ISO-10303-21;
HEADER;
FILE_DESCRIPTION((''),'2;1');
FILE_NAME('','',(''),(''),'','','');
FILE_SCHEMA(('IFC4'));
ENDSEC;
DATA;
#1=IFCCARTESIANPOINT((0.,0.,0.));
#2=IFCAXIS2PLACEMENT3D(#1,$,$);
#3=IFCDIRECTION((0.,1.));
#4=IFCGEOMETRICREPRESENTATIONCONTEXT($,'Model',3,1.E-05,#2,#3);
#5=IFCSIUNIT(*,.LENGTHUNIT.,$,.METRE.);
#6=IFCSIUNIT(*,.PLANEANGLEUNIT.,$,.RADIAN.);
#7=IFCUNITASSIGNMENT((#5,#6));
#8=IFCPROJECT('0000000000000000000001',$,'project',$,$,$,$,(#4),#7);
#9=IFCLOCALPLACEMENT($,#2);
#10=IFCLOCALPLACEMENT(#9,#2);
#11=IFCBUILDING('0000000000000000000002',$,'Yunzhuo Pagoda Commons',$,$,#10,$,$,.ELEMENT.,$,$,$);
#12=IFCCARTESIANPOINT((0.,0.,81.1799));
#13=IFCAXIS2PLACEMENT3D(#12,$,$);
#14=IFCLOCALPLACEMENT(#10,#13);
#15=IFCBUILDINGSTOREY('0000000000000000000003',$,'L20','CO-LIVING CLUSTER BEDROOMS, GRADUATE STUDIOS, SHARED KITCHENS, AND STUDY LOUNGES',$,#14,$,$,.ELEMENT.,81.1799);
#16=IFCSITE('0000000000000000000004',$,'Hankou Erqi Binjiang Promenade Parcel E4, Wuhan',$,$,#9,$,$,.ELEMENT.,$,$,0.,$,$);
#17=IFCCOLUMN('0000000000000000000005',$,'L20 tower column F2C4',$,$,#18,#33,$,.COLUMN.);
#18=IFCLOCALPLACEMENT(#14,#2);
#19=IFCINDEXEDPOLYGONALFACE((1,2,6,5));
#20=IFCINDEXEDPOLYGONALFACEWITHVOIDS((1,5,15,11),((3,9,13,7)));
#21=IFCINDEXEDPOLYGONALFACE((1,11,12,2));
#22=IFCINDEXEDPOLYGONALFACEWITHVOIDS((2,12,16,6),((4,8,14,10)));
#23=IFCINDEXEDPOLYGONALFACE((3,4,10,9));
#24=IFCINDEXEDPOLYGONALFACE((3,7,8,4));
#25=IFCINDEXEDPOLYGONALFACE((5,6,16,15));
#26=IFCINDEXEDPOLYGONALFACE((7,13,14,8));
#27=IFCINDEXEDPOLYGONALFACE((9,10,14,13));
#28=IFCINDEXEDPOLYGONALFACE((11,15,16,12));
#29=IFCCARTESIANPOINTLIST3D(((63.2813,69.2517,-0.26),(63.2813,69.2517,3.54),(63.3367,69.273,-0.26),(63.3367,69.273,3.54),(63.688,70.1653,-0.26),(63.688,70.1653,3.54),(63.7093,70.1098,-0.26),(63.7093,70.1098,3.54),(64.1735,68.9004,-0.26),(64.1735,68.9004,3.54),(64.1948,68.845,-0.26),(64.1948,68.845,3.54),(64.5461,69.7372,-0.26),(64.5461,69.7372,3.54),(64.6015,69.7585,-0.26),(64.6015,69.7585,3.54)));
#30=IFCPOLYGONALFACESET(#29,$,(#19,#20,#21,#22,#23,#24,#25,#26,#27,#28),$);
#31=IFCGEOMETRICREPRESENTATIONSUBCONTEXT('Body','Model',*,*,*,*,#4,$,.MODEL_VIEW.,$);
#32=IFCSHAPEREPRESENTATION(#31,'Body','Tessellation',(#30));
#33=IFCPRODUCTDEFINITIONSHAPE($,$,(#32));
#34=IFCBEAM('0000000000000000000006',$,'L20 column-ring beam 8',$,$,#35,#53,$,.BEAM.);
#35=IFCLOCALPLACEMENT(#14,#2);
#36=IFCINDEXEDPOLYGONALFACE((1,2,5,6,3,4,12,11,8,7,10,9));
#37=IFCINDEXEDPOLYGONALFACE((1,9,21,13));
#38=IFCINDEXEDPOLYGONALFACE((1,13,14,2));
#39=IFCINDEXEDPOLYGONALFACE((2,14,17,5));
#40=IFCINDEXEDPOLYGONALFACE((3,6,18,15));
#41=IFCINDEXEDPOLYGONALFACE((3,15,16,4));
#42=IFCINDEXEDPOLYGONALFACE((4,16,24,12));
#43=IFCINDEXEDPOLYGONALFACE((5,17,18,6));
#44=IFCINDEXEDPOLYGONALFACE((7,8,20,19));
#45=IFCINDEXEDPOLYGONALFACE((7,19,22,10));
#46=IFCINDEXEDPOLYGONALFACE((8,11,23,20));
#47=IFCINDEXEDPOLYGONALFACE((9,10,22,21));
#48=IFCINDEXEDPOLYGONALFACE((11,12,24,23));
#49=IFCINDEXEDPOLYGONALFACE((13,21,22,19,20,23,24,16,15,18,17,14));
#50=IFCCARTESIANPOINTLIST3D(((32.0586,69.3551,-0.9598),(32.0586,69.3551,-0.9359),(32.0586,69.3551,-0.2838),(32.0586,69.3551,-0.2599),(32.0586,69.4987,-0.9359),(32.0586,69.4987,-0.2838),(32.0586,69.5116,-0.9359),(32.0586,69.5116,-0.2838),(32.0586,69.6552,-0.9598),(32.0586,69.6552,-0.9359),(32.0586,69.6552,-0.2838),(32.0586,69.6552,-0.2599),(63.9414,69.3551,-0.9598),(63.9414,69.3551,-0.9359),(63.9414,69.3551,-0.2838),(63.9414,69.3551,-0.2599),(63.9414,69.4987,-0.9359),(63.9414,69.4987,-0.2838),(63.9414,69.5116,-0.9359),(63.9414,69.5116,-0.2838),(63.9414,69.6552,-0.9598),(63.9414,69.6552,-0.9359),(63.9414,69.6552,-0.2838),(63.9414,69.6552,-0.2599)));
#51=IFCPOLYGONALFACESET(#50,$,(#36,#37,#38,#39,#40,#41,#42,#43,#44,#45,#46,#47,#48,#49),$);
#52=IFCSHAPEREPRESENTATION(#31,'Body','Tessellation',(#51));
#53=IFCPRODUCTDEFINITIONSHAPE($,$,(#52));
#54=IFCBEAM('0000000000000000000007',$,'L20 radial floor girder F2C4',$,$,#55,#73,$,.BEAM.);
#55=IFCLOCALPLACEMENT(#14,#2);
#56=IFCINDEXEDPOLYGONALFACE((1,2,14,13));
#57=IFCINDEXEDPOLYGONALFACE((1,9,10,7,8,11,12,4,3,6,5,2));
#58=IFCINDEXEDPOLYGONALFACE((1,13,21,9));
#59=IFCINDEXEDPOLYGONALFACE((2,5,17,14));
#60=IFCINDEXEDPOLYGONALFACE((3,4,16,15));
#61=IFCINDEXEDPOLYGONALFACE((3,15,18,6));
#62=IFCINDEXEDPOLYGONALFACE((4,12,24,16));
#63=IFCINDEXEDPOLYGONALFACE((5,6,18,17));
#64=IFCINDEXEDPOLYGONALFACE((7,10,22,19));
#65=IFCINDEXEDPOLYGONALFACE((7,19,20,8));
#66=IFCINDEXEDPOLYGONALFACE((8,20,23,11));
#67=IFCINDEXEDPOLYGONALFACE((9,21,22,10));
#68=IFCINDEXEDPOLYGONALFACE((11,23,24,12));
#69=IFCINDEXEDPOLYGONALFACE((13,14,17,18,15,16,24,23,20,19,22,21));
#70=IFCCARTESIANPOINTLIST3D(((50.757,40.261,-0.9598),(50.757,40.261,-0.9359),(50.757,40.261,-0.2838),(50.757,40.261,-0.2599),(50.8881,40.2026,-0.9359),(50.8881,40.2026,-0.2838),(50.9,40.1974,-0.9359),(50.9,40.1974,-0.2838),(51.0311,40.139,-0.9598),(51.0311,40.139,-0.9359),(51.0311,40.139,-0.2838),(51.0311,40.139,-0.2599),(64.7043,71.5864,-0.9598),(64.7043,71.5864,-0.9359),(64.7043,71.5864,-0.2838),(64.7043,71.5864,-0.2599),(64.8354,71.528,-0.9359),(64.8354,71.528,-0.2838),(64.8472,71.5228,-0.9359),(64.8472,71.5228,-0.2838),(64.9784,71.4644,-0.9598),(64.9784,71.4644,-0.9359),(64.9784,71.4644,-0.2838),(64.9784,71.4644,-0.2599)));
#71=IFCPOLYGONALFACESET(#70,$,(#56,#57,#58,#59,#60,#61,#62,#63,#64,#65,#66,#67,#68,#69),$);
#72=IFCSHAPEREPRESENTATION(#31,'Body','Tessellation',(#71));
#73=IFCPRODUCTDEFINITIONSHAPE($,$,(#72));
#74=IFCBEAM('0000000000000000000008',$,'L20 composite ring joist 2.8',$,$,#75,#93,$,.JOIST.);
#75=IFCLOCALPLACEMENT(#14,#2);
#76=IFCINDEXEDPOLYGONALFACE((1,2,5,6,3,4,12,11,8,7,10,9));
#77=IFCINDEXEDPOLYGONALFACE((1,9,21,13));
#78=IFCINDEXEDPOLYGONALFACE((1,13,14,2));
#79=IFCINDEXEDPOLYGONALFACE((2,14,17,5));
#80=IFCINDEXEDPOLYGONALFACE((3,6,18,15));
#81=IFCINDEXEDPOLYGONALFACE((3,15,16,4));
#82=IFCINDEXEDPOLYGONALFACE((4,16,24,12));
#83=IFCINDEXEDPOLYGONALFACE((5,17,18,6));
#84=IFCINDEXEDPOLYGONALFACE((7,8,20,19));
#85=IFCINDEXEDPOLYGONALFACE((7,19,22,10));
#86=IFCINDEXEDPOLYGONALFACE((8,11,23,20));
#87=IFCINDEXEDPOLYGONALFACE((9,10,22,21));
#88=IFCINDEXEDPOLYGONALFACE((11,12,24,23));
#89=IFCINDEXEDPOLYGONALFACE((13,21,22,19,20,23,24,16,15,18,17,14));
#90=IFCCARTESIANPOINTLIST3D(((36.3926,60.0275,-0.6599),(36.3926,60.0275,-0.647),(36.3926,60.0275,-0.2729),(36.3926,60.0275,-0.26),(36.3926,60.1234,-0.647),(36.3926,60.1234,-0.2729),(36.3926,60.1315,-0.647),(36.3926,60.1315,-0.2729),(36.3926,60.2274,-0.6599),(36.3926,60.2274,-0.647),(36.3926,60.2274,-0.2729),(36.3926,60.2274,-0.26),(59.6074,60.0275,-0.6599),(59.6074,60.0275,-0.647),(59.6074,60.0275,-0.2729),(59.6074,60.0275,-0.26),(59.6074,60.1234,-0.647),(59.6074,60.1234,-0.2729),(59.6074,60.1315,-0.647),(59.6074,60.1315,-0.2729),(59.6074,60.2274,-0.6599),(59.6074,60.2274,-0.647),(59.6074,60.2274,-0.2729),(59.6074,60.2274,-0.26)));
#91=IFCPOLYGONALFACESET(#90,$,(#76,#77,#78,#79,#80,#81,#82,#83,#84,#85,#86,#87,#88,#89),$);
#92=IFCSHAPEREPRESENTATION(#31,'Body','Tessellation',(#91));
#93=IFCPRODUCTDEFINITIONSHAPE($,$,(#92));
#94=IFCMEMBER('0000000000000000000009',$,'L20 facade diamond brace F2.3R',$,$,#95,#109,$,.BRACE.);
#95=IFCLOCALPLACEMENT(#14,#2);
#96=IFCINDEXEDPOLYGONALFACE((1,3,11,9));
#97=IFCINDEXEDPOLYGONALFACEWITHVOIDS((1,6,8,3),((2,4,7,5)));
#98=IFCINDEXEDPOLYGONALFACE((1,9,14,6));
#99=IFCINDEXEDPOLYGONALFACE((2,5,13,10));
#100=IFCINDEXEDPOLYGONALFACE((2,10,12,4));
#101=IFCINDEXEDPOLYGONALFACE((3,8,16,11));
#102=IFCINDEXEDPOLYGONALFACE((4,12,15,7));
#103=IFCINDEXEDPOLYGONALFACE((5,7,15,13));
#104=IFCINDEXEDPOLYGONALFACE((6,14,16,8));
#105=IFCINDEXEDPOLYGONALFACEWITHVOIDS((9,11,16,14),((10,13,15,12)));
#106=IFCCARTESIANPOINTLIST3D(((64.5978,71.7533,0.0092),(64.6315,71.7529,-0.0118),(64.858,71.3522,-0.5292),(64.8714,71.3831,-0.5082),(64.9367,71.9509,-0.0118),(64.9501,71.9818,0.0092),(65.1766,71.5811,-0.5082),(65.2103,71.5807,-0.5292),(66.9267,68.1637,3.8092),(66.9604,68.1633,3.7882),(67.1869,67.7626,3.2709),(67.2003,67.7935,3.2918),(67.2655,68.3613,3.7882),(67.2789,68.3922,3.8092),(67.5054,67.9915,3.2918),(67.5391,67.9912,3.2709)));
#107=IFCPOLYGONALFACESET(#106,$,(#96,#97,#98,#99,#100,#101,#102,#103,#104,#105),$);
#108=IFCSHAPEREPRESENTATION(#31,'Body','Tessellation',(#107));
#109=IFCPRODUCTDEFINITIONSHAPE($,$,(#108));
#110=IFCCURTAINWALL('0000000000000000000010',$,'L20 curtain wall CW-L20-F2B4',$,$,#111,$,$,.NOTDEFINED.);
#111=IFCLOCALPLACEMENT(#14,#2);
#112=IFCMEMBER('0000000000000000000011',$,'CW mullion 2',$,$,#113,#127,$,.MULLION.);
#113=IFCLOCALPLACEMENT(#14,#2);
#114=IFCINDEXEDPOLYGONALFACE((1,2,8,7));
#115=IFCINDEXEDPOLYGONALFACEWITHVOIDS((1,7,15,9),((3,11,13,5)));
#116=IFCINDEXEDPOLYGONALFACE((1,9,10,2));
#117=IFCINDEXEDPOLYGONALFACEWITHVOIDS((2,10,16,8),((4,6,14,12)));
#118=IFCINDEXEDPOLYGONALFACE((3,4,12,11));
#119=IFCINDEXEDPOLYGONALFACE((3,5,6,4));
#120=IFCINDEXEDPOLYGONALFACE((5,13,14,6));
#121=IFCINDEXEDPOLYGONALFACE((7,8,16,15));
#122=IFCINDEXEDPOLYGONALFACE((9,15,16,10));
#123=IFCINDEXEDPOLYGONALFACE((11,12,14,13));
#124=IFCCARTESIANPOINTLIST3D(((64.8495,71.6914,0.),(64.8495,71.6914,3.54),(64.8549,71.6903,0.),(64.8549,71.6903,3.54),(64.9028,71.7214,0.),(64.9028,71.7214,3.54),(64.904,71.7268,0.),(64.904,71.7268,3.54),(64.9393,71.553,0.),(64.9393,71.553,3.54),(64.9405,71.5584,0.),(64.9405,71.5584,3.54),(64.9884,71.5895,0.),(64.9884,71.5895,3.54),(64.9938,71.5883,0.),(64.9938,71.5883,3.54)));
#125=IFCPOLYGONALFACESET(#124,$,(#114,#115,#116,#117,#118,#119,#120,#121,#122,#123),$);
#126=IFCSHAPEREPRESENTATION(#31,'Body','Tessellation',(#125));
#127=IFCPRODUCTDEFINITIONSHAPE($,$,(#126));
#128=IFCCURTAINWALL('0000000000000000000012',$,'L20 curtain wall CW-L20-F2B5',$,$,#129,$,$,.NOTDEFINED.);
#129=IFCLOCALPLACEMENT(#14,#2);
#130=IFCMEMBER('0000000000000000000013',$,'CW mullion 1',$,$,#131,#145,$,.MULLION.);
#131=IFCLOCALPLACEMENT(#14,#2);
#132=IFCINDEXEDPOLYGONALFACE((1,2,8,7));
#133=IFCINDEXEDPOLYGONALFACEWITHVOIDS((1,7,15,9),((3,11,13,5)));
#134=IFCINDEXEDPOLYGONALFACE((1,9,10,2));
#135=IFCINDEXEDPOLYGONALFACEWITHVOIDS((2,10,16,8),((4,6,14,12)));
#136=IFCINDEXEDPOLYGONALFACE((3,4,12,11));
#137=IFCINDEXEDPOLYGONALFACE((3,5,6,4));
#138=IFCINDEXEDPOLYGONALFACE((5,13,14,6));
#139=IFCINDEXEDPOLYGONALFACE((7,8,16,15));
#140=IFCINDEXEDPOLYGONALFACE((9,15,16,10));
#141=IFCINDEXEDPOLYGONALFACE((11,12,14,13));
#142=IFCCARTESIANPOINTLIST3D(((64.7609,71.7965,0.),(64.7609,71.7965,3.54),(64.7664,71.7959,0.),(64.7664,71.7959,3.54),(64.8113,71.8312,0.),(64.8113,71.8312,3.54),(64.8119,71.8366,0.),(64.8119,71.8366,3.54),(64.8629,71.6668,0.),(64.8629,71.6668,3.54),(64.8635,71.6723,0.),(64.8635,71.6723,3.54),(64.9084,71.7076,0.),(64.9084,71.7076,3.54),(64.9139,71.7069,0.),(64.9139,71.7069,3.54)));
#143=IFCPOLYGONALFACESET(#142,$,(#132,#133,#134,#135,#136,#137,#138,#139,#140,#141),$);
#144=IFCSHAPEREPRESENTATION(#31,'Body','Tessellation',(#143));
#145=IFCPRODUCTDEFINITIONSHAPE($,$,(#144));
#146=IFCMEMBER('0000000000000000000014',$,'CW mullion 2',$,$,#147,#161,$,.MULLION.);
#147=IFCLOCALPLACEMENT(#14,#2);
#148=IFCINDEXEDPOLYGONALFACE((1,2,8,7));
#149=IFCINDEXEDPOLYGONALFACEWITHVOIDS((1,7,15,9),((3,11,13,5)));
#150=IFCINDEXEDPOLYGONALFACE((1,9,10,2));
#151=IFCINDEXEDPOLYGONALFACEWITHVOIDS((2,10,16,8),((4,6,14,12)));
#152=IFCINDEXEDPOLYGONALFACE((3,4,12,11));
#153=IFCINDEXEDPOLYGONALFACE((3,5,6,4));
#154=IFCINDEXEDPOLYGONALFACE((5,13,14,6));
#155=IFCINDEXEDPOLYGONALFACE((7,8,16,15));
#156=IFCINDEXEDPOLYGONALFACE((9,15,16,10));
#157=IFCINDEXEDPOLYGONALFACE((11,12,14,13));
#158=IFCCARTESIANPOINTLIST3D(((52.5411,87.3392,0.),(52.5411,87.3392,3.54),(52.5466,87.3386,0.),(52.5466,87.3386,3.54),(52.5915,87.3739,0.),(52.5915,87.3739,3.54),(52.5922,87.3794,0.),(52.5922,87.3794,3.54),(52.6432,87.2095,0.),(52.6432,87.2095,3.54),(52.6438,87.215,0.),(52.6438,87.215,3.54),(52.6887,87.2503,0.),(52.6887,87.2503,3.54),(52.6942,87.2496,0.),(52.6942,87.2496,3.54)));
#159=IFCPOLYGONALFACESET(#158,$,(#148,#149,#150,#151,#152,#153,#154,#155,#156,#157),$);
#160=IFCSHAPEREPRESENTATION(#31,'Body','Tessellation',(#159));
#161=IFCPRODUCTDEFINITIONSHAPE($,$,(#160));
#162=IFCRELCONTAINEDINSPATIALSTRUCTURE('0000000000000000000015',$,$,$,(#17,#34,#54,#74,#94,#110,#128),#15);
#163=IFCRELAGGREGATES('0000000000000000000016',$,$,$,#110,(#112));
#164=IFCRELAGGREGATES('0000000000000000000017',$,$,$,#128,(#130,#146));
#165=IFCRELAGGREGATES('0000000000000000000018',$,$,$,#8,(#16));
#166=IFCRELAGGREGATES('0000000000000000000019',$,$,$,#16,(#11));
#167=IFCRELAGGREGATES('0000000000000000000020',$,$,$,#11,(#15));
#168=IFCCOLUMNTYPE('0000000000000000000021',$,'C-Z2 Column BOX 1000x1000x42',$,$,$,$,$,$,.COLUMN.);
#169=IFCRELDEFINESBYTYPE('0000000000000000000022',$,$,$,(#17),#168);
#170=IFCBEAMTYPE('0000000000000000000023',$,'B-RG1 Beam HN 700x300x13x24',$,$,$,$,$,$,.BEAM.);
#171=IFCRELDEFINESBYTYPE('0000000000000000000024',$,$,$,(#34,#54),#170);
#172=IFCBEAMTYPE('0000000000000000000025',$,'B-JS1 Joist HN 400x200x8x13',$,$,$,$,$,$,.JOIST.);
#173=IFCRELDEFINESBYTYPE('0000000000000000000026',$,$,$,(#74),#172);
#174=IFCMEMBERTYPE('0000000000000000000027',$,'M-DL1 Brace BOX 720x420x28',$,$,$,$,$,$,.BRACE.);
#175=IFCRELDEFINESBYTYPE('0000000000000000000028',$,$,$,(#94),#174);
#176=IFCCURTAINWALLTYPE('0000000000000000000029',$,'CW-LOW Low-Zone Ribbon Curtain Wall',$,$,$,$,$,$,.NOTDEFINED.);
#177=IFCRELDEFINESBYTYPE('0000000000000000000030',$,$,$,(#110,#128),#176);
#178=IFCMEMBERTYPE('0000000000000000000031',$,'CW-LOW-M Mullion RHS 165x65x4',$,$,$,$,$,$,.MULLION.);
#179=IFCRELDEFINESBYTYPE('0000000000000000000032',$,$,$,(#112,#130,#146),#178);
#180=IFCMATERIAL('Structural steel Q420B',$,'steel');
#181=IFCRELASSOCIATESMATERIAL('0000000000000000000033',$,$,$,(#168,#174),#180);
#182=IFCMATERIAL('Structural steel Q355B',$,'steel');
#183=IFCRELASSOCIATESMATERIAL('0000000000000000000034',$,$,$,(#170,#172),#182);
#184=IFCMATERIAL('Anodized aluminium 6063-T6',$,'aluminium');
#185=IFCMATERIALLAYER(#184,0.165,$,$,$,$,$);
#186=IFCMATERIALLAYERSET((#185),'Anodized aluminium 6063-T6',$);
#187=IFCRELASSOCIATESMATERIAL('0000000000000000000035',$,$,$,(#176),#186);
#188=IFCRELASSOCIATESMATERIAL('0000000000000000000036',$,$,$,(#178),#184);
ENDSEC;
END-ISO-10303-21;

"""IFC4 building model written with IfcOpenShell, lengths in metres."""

from ifc_helpers import new_model, si_unit, direction, frame, origin, origin_2d, place, context, subcontext, project, spatial, hollow_rectangle, i_section, extrude, source, transform, mapped, material, layer, layer_set, material_profile, profile_set, type_object, element, aggregate, save


model = new_model("IFC4")

# Units and contexts
model_context = context("Model", 3, precision=1e-05, world=origin(), true_north=direction((0.0, 1.0)))
body_context = subcontext(model_context, "Body", "Model", "MODEL_VIEW")
ifc_project = project(units=[si_unit("LENGTHUNIT", "METRE"), si_unit("PLANEANGLEUNIT", "RADIAN")], contexts=[model_context])

# Site, building, storey
site_placement = place(None, origin())
site = spatial("IfcSite", under=ifc_project, at=site_placement, Name="Hankou Erqi Binjiang Promenade Parcel E4, Wuhan", CompositionType="ELEMENT", RefElevation=0.0)
building_placement = place(site_placement, origin())
building = spatial("IfcBuilding", under=site, at=building_placement, Name="Yunzhuo Pagoda Commons", CompositionType="ELEMENT")
storey_placement = place(building_placement, frame((0.0, 0.0, 81.1799)))
storey = spatial("IfcBuildingStorey", under=building, at=storey_placement, Name="L20", Description="CO-LIVING CLUSTER BEDROOMS, GRADUATE STUDIOS, SHARED KITCHENS, AND STUDY LOUNGES", CompositionType="ELEMENT", Elevation=81.1799)

# Column
ifc_material_1 = material(Name="Structural steel Q420B", Category="steel")
ifc_material_profile_1 = material_profile(ifc_material_1, hollow_rectangle(XDim=1.0, YDim=1.0, WallThickness=0.042, at=origin_2d()), Name="Structural steel Q420B")
ifc_profile_set_1 = profile_set([ifc_material_profile_1], Name="Structural steel Q420B")
column_type = type_object("IfcColumnType", Name="C-Z2 Column BOX 1000x1000x42", PredefinedType="COLUMN", material=ifc_profile_set_1)
shared_shape_1 = source(origin(), body_context, "Body", "SweptSolid", [
    extrude(hollow_rectangle(XDim=1.0, YDim=1.0, WallThickness=0.042, at=origin_2d()), origin(), (0.0, 0.0, 1.0), 3.8),
])
column_placement = place(storey_placement, frame((63.9414, 69.5051, -0.26), z_axis=(0.0, 0.0, 1.0), x_axis=(-0.913545, 0.406737, 0.0)))
element("IfcColumn", 1, at=column_placement, inside=storey, type_object=column_type, Name="L20 tower column F2C4", PredefinedType="COLUMN", context=body_context, shape_type="MappedRepresentation", body=[
    mapped(shared_shape_1, transform((0.0, 0.0, 0.0), scale=1.0)),
])

# Beams
ifc_material_2 = material(Name="Structural steel Q355B", Category="steel")
ifc_material_profile_2 = material_profile(ifc_material_2, i_section(OverallWidth=0.3, OverallDepth=0.7, WebThickness=0.0129, FlangeThickness=0.0239, at=origin_2d()), Name="Structural steel Q355B")
ifc_profile_set_2 = profile_set([ifc_material_profile_2], Name="Structural steel Q355B")
beam_type_1 = type_object("IfcBeamType", Name="B-RG1 Beam HN 700x300x13x24", PredefinedType="BEAM", material=ifc_profile_set_2)
shared_shape_2 = source(origin(), body_context, "Body", "SweptSolid", [
    extrude(i_section(OverallWidth=0.3, OverallDepth=0.7, WebThickness=0.0129, FlangeThickness=0.0239, at=origin_2d()), origin(), (0.0, 0.0, 1.0), 31.8828),
])
beam_1_placement = place(storey_placement, frame((63.9414, 69.5051, -0.6099), z_axis=(-1.0, 0.0, 0.0), x_axis=(0.0, -1.0, 0.0)))
element("IfcBeam", 2, at=beam_1_placement, inside=storey, type_object=beam_type_1, Name="L20 column-ring beam 8", PredefinedType="BEAM", context=body_context, shape_type="MappedRepresentation", body=[
    mapped(shared_shape_2, transform((0.0, 0.0, 0.0), scale=1.0)),
])
shared_shape_3 = source(origin(), body_context, "Body", "SweptSolid", [
    extrude(i_section(OverallWidth=0.3, OverallDepth=0.7, WebThickness=0.0129, FlangeThickness=0.0239, at=origin_2d()), origin(), (0.0, 0.0, 1.0), 34.29),
])
beam_2_placement = place(storey_placement, frame((64.8413, 71.5254, -0.6099), z_axis=(-0.406743, -0.913542, 0.0), x_axis=(0.913542, -0.406743, 0.0)))
element("IfcBeam", 3, at=beam_2_placement, inside=storey, type_object=beam_type_1, Name="L20 radial floor girder F2C4", PredefinedType="BEAM", context=body_context, shape_type="MappedRepresentation", body=[
    mapped(shared_shape_3, transform((0.0, 0.0, 0.0), scale=1.0)),
])
ifc_material_profile_3 = material_profile(ifc_material_2, i_section(OverallWidth=0.2, OverallDepth=0.3999, WebThickness=0.0081, FlangeThickness=0.0129, at=origin_2d()), Name="Structural steel Q355B")
ifc_profile_set_3 = profile_set([ifc_material_profile_3], Name="Structural steel Q355B")
beam_type_2 = type_object("IfcBeamType", Name="B-JS1 Joist HN 400x200x8x13", PredefinedType="JOIST", material=ifc_profile_set_3)
shared_shape_4 = source(origin(), body_context, "Body", "SweptSolid", [
    extrude(i_section(OverallWidth=0.2, OverallDepth=0.3999, WebThickness=0.0081, FlangeThickness=0.0129, at=origin_2d()), origin(), (0.0, 0.0, 1.0), 23.2148),
])
beam_3_placement = place(storey_placement, frame((59.6074, 60.1274, -0.46), z_axis=(-1.0, 0.0, 0.0), x_axis=(0.0, -1.0, 0.0)))
element("IfcBeam", 4, at=beam_3_placement, inside=storey, type_object=beam_type_2, Name="L20 composite ring joist 2.8", PredefinedType="JOIST", context=body_context, shape_type="MappedRepresentation", body=[
    mapped(shared_shape_4, transform((0.0, 0.0, 0.0), scale=1.0)),
])

# Member
ifc_material_profile_4 = material_profile(ifc_material_1, hollow_rectangle(XDim=0.4199, YDim=0.72, WallThickness=0.0281, at=origin_2d()), Name="Structural steel Q420B")
ifc_profile_set_4 = profile_set([ifc_material_profile_4], Name="Structural steel Q420B")
member_type_1 = type_object("IfcMemberType", Name="M-DL1 Brace BOX 720x420x28", PredefinedType="BRACE", material=ifc_profile_set_4)
shared_shape_5 = source(origin(), body_context, "Body", "SweptSolid", [
    extrude(hollow_rectangle(XDim=0.4199, YDim=0.72, WallThickness=0.0281, at=origin_2d()), origin(), (0.0, 0.0, 1.0), 5.7227),
])
member_1_placement = place(storey_placement, frame((64.9041, 71.667, -0.26), z_axis=(0.406952, -0.627257, 0.664032), x_axis=(0.838911, 0.544268, 0.0)))
element("IfcMember", 5, at=member_1_placement, inside=storey, type_object=member_type_1, Name="L20 facade diamond brace F2.3R", PredefinedType="BRACE", context=body_context, shape_type="MappedRepresentation", body=[
    mapped(shared_shape_5, transform((0.0, 0.0, 0.0), scale=1.0)),
])

# Curtain wall, member
ifc_material_3 = material(Name="Anodized aluminium 6063-T6", Category="aluminium")
ifc_layer_1 = layer(ifc_material_3, 0.165)
ifc_layer_set_1 = layer_set([ifc_layer_1], Name="Anodized aluminium 6063-T6")
curtain_wall_type = type_object("IfcCurtainWallType", Name="CW-LOW Low-Zone Ribbon Curtain Wall", PredefinedType="NOTDEFINED", material=ifc_layer_set_1)
curtain_wall_1_placement = place(storey_placement, origin())
curtain_wall_1 = element("IfcCurtainWall", 6, at=curtain_wall_1_placement, inside=storey, type_object=curtain_wall_type, Name="L20 curtain wall CW-L20-F2B4", PredefinedType="NOTDEFINED")
ifc_material_profile_5 = material_profile(ifc_material_3, hollow_rectangle(XDim=0.0649, YDim=0.165, WallThickness=0.0039, at=origin_2d()), Name="Anodized aluminium 6063-T6")
ifc_profile_set_5 = profile_set([ifc_material_profile_5], Name="Anodized aluminium 6063-T6")
member_type_2 = type_object("IfcMemberType", Name="CW-LOW-M Mullion RHS 165x65x4", PredefinedType="MULLION", material=ifc_profile_set_5)
shared_shape_6 = source(origin(), body_context, "Body", "SweptSolid", [
    extrude(hollow_rectangle(XDim=0.0649, YDim=0.165, WallThickness=0.0039, at=origin_2d()), origin(), (0.0, 0.0, 1.0), 3.54),
])
member_2_placement = place(storey_placement, frame((64.9216, 71.6399, 0.0), z_axis=(0.0, 0.0, 1.0), x_axis=(-0.838907, -0.544275, 0.0)))
member_2 = element("IfcMember", 7, at=member_2_placement, type_object=member_type_2, Name="CW mullion 2", PredefinedType="MULLION", context=body_context, shape_type="MappedRepresentation", body=[
    mapped(shared_shape_6, transform((0.0, 0.0, 0.0), scale=1.0)),
])

# Curtain wall, members
curtain_wall_2_placement = place(storey_placement, origin())
curtain_wall_2 = element("IfcCurtainWall", 8, at=curtain_wall_2_placement, inside=storey, type_object=curtain_wall_type, Name="L20 curtain wall CW-L20-F2B5", PredefinedType="NOTDEFINED")
member_3_placement = place(storey_placement, frame((64.8374, 71.7517, 0.0), z_axis=(0.0, 0.0, 1.0), x_axis=(-0.786131, -0.61806, 0.0)))
member_3 = element("IfcMember", 9, at=member_3_placement, type_object=member_type_2, Name="CW mullion 1", PredefinedType="MULLION", context=body_context, shape_type="MappedRepresentation", body=[
    mapped(shared_shape_6, transform((0.0, 0.0, 0.0), scale=1.0)),
])
member_4_placement = place(storey_placement, frame((52.6177, 87.2944, 0.0), z_axis=(0.0, 0.0, 1.0), x_axis=(-0.786131, -0.61806, 0.0)))
member_4 = element("IfcMember", 10, at=member_4_placement, type_object=member_type_2, Name="CW mullion 2", PredefinedType="MULLION", context=body_context, shape_type="MappedRepresentation", body=[
    mapped(shared_shape_6, transform((0.0, 0.0, 0.0), scale=1.0)),
])

aggregate(curtain_wall_1, [member_2])

aggregate(curtain_wall_2, [member_3, member_4])

save(model, "model.ifc")
